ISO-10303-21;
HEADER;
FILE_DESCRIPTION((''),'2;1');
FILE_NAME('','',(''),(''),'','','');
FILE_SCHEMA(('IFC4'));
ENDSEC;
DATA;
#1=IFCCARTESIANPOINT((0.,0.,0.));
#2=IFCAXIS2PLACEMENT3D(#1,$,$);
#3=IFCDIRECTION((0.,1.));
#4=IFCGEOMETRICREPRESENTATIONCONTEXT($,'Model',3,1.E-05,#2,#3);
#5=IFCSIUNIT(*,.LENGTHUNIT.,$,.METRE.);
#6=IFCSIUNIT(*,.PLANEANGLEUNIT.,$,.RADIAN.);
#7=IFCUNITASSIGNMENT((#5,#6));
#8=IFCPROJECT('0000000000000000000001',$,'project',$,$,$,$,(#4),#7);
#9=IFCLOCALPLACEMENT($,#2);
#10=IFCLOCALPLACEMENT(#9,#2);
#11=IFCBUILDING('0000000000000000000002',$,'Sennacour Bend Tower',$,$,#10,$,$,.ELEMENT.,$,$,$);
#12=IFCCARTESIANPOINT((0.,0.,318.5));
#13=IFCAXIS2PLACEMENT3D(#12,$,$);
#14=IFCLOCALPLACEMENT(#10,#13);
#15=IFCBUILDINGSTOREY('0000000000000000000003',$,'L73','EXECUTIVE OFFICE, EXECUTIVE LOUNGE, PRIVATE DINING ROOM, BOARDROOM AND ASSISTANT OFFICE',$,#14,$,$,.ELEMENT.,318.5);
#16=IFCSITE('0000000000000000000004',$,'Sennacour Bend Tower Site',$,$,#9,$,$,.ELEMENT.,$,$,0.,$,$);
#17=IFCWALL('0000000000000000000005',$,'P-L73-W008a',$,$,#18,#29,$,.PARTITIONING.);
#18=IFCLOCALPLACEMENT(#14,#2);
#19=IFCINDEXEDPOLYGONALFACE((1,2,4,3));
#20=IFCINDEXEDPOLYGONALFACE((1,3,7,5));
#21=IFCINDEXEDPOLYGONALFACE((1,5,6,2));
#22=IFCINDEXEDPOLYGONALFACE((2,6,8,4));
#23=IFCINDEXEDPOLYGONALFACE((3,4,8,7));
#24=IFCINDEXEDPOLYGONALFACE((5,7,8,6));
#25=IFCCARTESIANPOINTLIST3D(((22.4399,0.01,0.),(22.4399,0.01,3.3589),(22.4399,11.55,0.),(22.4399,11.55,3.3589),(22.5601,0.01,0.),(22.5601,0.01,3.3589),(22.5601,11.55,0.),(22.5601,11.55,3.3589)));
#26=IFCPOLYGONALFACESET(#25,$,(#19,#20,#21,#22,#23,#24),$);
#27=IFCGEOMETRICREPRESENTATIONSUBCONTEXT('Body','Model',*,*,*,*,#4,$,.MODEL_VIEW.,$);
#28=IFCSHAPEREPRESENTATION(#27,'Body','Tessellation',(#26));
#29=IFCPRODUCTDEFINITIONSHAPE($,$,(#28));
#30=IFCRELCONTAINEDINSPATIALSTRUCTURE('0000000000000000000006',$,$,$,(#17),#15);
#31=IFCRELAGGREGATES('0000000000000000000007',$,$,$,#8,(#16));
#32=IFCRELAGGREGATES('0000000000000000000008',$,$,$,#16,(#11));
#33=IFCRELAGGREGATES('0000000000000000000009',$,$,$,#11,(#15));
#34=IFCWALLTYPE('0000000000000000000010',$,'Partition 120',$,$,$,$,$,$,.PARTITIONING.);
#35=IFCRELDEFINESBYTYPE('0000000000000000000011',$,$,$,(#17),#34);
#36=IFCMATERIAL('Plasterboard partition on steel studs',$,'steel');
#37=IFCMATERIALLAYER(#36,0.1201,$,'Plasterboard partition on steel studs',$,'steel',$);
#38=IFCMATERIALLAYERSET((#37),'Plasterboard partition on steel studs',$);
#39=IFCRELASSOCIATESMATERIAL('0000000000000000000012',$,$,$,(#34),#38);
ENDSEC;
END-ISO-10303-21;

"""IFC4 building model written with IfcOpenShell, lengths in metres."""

from ifc_helpers import new_model, si_unit, direction, frame, frame_2d, origin, place, context, subcontext, project, spatial, rectangle, extrude, material, layer, layer_set, type_object, element, save


model = new_model("IFC4")

# Units and contexts
model_context = context("Model", 3, precision=1e-05, world=origin(), true_north=direction((0.0, 1.0)))
body_context = subcontext(model_context, "Body", "Model", "MODEL_VIEW")
ifc_project = project(units=[si_unit("LENGTHUNIT", "METRE"), si_unit("PLANEANGLEUNIT", "RADIAN")], contexts=[model_context])

# Site, building, storey
site_placement = place(None, origin())
site = spatial("IfcSite", under=ifc_project, at=site_placement, Name="Sennacour Bend Tower Site", CompositionType="ELEMENT", RefElevation=0.0)
building_placement = place(site_placement, origin())
building = spatial("IfcBuilding", under=site, at=building_placement, Name="Sennacour Bend Tower", CompositionType="ELEMENT")
storey_placement = place(building_placement, frame((0.0, 0.0, 318.5)))
storey = spatial("IfcBuildingStorey", under=building, at=storey_placement, Name="L73", Description="EXECUTIVE OFFICE, EXECUTIVE LOUNGE, PRIVATE DINING ROOM, BOARDROOM AND ASSISTANT OFFICE", CompositionType="ELEMENT", Elevation=318.5)

# Wall
ifc_material_1 = material(Name="Plasterboard partition on steel studs", Category="steel")
ifc_layer_1 = layer(ifc_material_1, 0.1201, Name="Plasterboard partition on steel studs", Category="steel")
ifc_layer_set_1 = layer_set([ifc_layer_1], Name="Plasterboard partition on steel studs")
wall_type = type_object("IfcWallType", Name="Partition 120", PredefinedType="PARTITIONING", material=ifc_layer_set_1)
wall_placement = place(storey_placement, frame((22.5, 0.01, 0.0), z_axis=(0.0, 0.0, 1.0), x_axis=(0.0, 1.0, 0.0)))
element("IfcWall", 1, at=wall_placement, inside=storey, type_object=wall_type, Name="P-L73-W008a", PredefinedType="PARTITIONING", context=body_context, shape_type="SweptSolid", body=[
    extrude(rectangle(XDim=11.54, YDim=0.1201, at=frame_2d((5.77, 0.0))), origin(), (0.0, 0.0, 1.0), 3.3589),
])

save(model, "model.ifc")
